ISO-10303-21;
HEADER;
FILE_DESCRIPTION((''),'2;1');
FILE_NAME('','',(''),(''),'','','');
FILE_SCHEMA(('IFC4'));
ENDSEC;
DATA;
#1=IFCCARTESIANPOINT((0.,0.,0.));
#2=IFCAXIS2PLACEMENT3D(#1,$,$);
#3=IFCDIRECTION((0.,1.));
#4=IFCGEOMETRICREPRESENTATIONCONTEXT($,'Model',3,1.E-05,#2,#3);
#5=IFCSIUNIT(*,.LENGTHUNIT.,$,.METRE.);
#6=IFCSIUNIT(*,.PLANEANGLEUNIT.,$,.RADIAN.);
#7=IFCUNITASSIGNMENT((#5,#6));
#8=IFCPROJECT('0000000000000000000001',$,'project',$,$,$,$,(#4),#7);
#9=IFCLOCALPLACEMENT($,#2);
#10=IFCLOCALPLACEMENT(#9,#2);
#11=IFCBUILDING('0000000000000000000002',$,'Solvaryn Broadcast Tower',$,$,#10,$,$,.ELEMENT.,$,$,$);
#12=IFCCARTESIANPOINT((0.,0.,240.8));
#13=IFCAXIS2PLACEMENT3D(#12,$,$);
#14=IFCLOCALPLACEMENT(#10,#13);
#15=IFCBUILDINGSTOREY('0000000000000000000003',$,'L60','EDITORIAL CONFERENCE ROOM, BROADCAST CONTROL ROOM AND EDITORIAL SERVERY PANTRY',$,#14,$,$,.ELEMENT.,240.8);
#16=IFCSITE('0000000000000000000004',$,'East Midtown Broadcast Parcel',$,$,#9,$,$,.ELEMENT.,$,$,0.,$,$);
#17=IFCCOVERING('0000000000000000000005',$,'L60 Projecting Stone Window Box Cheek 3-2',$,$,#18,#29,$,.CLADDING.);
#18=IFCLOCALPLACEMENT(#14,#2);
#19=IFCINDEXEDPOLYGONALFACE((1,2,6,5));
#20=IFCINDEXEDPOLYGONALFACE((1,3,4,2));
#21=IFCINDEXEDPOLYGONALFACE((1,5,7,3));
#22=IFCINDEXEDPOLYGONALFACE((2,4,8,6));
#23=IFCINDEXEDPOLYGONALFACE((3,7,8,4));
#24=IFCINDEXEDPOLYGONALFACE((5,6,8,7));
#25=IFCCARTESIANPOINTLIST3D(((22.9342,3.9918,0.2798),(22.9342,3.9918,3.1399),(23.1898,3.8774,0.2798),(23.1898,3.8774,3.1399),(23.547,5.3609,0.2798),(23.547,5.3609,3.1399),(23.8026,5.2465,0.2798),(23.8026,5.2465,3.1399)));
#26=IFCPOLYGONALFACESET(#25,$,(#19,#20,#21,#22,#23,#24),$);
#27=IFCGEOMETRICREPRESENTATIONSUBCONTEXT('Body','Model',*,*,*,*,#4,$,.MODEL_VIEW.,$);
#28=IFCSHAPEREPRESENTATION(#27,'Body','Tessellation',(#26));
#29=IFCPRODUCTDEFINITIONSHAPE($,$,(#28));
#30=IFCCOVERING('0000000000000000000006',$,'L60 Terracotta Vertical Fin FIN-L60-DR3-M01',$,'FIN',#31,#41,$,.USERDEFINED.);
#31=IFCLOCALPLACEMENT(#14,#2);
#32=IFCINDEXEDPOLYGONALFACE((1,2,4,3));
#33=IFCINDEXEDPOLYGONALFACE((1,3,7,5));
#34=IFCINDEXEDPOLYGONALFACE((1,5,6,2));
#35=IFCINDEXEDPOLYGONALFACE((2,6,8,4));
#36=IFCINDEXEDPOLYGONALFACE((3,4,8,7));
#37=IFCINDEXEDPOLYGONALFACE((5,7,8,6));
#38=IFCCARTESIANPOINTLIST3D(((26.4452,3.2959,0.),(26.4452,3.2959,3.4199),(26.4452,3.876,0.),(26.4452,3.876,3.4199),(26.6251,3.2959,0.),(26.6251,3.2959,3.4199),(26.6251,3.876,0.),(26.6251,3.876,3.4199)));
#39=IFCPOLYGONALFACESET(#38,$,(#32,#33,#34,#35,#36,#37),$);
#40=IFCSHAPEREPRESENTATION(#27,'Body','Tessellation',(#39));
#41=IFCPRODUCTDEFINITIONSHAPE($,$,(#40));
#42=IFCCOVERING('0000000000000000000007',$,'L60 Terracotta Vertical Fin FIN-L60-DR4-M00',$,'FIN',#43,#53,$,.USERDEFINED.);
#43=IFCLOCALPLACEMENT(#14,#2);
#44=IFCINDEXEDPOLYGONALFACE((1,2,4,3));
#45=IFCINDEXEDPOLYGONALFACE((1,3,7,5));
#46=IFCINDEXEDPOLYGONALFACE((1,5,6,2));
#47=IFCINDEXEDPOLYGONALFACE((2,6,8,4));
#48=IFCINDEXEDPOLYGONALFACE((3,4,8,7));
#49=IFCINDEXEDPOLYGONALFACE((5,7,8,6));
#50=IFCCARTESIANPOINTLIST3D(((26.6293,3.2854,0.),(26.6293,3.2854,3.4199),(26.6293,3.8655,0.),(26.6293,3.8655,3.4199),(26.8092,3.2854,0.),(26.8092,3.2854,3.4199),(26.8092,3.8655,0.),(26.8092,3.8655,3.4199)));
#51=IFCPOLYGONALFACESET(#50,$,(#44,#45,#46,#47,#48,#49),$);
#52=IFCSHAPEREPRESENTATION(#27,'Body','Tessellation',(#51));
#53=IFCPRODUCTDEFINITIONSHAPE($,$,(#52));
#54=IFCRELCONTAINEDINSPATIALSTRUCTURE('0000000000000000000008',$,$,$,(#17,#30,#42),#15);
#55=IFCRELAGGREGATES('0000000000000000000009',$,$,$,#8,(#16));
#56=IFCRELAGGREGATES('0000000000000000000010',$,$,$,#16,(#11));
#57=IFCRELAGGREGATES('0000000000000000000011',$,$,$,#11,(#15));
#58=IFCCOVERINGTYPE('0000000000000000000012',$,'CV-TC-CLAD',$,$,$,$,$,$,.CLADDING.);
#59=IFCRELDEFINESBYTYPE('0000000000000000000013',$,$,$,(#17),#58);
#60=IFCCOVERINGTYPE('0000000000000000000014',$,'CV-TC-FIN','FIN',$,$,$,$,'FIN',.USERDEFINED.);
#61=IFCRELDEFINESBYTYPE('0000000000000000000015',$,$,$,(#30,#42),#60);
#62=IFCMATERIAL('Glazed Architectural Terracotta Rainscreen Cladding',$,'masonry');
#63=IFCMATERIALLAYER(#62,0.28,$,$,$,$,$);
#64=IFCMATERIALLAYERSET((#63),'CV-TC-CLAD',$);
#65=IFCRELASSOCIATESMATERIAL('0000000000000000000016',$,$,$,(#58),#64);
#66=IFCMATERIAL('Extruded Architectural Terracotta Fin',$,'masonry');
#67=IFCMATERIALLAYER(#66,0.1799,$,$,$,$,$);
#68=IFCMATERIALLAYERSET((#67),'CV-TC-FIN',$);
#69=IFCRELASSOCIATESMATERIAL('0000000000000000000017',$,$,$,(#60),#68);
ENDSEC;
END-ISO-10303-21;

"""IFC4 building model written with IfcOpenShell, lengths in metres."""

from ifc_helpers import new_model, si_unit, direction, frame, origin, origin_2d, place, context, subcontext, project, spatial, rectangle, extrude, material, layer, layer_set, type_object, element, save


model = new_model("IFC4")

# Units and contexts
model_context = context("Model", 3, precision=1e-05, world=origin(), true_north=direction((0.0, 1.0)))
body_context = subcontext(model_context, "Body", "Model", "MODEL_VIEW")
ifc_project = project(units=[si_unit("LENGTHUNIT", "METRE"), si_unit("PLANEANGLEUNIT", "RADIAN")], contexts=[model_context])

# Site, building, storey
site_placement = place(None, origin())
site = spatial("IfcSite", under=ifc_project, at=site_placement, Name="East Midtown Broadcast Parcel", CompositionType="ELEMENT", RefElevation=0.0)
building_placement = place(site_placement, origin())
building = spatial("IfcBuilding", under=site, at=building_placement, Name="Solvaryn Broadcast Tower", CompositionType="ELEMENT")
storey_placement = place(building_placement, frame((0.0, 0.0, 240.8)))
storey = spatial("IfcBuildingStorey", under=building, at=storey_placement, Name="L60", Description="EDITORIAL CONFERENCE ROOM, BROADCAST CONTROL ROOM AND EDITORIAL SERVERY PANTRY", CompositionType="ELEMENT", Elevation=240.8)

# Coverings
ifc_material_1 = material(Name="Glazed Architectural Terracotta Rainscreen Cladding", Category="masonry")
ifc_layer_1 = layer(ifc_material_1, 0.28)
ifc_layer_set_1 = layer_set([ifc_layer_1], Name="CV-TC-CLAD")
covering_type_1 = type_object("IfcCoveringType", Name="CV-TC-CLAD", PredefinedType="CLADDING", material=ifc_layer_set_1)
covering_placement = place(storey_placement, frame((23.3684, 4.6191, 0.2798), z_axis=(0.0, 0.0, 1.0), x_axis=(0.912763, -0.40849, 0.0)))
element("IfcCovering", 1, at=covering_placement, inside=storey, type_object=covering_type_1, Name="L60 Projecting Stone Window Box Cheek 3-2", PredefinedType="CLADDING", context=body_context, shape_type="SweptSolid", body=[
    extrude(rectangle(XDim=0.28, YDim=1.5, at=origin_2d()), origin(), (0.0, 0.0, 1.0), 2.8601),
])
ifc_material_2 = material(Name="Extruded Architectural Terracotta Fin", Category="masonry")
ifc_layer_2 = layer(ifc_material_2, 0.1799)
ifc_layer_set_2 = layer_set([ifc_layer_2], Name="CV-TC-FIN")
covering_type_2 = type_object("IfcCoveringType", Name="CV-TC-FIN", Description="FIN", ElementType="FIN", PredefinedType="USERDEFINED", material=ifc_layer_set_2)
for number, where, z_axis, x_axis, name in (
    (2, (26.5352, 3.5859, 0.0), (0.0, 0.0, 1.0), (1.0, 0.0, 0.0), "L60 Terracotta Vertical Fin FIN-L60-DR3-M01"),
    (3, (26.7192, 3.5754, 0.0), (0.0, 0.0, 1.0), (1.0, 0.0, 0.0), "L60 Terracotta Vertical Fin FIN-L60-DR4-M00"),
):
    element("IfcCovering", number, at=place(storey_placement, frame(where, z_axis=z_axis, x_axis=x_axis)), inside=storey, type_object=covering_type_2, Name=name, ObjectType="FIN", PredefinedType="USERDEFINED", context=body_context, shape_type="SweptSolid", body=[
        extrude(rectangle(XDim=0.1799, YDim=0.5801, at=origin_2d()), origin(), (0.0, 0.0, 1.0), 3.4199),
    ])

save(model, "model.ifc")
